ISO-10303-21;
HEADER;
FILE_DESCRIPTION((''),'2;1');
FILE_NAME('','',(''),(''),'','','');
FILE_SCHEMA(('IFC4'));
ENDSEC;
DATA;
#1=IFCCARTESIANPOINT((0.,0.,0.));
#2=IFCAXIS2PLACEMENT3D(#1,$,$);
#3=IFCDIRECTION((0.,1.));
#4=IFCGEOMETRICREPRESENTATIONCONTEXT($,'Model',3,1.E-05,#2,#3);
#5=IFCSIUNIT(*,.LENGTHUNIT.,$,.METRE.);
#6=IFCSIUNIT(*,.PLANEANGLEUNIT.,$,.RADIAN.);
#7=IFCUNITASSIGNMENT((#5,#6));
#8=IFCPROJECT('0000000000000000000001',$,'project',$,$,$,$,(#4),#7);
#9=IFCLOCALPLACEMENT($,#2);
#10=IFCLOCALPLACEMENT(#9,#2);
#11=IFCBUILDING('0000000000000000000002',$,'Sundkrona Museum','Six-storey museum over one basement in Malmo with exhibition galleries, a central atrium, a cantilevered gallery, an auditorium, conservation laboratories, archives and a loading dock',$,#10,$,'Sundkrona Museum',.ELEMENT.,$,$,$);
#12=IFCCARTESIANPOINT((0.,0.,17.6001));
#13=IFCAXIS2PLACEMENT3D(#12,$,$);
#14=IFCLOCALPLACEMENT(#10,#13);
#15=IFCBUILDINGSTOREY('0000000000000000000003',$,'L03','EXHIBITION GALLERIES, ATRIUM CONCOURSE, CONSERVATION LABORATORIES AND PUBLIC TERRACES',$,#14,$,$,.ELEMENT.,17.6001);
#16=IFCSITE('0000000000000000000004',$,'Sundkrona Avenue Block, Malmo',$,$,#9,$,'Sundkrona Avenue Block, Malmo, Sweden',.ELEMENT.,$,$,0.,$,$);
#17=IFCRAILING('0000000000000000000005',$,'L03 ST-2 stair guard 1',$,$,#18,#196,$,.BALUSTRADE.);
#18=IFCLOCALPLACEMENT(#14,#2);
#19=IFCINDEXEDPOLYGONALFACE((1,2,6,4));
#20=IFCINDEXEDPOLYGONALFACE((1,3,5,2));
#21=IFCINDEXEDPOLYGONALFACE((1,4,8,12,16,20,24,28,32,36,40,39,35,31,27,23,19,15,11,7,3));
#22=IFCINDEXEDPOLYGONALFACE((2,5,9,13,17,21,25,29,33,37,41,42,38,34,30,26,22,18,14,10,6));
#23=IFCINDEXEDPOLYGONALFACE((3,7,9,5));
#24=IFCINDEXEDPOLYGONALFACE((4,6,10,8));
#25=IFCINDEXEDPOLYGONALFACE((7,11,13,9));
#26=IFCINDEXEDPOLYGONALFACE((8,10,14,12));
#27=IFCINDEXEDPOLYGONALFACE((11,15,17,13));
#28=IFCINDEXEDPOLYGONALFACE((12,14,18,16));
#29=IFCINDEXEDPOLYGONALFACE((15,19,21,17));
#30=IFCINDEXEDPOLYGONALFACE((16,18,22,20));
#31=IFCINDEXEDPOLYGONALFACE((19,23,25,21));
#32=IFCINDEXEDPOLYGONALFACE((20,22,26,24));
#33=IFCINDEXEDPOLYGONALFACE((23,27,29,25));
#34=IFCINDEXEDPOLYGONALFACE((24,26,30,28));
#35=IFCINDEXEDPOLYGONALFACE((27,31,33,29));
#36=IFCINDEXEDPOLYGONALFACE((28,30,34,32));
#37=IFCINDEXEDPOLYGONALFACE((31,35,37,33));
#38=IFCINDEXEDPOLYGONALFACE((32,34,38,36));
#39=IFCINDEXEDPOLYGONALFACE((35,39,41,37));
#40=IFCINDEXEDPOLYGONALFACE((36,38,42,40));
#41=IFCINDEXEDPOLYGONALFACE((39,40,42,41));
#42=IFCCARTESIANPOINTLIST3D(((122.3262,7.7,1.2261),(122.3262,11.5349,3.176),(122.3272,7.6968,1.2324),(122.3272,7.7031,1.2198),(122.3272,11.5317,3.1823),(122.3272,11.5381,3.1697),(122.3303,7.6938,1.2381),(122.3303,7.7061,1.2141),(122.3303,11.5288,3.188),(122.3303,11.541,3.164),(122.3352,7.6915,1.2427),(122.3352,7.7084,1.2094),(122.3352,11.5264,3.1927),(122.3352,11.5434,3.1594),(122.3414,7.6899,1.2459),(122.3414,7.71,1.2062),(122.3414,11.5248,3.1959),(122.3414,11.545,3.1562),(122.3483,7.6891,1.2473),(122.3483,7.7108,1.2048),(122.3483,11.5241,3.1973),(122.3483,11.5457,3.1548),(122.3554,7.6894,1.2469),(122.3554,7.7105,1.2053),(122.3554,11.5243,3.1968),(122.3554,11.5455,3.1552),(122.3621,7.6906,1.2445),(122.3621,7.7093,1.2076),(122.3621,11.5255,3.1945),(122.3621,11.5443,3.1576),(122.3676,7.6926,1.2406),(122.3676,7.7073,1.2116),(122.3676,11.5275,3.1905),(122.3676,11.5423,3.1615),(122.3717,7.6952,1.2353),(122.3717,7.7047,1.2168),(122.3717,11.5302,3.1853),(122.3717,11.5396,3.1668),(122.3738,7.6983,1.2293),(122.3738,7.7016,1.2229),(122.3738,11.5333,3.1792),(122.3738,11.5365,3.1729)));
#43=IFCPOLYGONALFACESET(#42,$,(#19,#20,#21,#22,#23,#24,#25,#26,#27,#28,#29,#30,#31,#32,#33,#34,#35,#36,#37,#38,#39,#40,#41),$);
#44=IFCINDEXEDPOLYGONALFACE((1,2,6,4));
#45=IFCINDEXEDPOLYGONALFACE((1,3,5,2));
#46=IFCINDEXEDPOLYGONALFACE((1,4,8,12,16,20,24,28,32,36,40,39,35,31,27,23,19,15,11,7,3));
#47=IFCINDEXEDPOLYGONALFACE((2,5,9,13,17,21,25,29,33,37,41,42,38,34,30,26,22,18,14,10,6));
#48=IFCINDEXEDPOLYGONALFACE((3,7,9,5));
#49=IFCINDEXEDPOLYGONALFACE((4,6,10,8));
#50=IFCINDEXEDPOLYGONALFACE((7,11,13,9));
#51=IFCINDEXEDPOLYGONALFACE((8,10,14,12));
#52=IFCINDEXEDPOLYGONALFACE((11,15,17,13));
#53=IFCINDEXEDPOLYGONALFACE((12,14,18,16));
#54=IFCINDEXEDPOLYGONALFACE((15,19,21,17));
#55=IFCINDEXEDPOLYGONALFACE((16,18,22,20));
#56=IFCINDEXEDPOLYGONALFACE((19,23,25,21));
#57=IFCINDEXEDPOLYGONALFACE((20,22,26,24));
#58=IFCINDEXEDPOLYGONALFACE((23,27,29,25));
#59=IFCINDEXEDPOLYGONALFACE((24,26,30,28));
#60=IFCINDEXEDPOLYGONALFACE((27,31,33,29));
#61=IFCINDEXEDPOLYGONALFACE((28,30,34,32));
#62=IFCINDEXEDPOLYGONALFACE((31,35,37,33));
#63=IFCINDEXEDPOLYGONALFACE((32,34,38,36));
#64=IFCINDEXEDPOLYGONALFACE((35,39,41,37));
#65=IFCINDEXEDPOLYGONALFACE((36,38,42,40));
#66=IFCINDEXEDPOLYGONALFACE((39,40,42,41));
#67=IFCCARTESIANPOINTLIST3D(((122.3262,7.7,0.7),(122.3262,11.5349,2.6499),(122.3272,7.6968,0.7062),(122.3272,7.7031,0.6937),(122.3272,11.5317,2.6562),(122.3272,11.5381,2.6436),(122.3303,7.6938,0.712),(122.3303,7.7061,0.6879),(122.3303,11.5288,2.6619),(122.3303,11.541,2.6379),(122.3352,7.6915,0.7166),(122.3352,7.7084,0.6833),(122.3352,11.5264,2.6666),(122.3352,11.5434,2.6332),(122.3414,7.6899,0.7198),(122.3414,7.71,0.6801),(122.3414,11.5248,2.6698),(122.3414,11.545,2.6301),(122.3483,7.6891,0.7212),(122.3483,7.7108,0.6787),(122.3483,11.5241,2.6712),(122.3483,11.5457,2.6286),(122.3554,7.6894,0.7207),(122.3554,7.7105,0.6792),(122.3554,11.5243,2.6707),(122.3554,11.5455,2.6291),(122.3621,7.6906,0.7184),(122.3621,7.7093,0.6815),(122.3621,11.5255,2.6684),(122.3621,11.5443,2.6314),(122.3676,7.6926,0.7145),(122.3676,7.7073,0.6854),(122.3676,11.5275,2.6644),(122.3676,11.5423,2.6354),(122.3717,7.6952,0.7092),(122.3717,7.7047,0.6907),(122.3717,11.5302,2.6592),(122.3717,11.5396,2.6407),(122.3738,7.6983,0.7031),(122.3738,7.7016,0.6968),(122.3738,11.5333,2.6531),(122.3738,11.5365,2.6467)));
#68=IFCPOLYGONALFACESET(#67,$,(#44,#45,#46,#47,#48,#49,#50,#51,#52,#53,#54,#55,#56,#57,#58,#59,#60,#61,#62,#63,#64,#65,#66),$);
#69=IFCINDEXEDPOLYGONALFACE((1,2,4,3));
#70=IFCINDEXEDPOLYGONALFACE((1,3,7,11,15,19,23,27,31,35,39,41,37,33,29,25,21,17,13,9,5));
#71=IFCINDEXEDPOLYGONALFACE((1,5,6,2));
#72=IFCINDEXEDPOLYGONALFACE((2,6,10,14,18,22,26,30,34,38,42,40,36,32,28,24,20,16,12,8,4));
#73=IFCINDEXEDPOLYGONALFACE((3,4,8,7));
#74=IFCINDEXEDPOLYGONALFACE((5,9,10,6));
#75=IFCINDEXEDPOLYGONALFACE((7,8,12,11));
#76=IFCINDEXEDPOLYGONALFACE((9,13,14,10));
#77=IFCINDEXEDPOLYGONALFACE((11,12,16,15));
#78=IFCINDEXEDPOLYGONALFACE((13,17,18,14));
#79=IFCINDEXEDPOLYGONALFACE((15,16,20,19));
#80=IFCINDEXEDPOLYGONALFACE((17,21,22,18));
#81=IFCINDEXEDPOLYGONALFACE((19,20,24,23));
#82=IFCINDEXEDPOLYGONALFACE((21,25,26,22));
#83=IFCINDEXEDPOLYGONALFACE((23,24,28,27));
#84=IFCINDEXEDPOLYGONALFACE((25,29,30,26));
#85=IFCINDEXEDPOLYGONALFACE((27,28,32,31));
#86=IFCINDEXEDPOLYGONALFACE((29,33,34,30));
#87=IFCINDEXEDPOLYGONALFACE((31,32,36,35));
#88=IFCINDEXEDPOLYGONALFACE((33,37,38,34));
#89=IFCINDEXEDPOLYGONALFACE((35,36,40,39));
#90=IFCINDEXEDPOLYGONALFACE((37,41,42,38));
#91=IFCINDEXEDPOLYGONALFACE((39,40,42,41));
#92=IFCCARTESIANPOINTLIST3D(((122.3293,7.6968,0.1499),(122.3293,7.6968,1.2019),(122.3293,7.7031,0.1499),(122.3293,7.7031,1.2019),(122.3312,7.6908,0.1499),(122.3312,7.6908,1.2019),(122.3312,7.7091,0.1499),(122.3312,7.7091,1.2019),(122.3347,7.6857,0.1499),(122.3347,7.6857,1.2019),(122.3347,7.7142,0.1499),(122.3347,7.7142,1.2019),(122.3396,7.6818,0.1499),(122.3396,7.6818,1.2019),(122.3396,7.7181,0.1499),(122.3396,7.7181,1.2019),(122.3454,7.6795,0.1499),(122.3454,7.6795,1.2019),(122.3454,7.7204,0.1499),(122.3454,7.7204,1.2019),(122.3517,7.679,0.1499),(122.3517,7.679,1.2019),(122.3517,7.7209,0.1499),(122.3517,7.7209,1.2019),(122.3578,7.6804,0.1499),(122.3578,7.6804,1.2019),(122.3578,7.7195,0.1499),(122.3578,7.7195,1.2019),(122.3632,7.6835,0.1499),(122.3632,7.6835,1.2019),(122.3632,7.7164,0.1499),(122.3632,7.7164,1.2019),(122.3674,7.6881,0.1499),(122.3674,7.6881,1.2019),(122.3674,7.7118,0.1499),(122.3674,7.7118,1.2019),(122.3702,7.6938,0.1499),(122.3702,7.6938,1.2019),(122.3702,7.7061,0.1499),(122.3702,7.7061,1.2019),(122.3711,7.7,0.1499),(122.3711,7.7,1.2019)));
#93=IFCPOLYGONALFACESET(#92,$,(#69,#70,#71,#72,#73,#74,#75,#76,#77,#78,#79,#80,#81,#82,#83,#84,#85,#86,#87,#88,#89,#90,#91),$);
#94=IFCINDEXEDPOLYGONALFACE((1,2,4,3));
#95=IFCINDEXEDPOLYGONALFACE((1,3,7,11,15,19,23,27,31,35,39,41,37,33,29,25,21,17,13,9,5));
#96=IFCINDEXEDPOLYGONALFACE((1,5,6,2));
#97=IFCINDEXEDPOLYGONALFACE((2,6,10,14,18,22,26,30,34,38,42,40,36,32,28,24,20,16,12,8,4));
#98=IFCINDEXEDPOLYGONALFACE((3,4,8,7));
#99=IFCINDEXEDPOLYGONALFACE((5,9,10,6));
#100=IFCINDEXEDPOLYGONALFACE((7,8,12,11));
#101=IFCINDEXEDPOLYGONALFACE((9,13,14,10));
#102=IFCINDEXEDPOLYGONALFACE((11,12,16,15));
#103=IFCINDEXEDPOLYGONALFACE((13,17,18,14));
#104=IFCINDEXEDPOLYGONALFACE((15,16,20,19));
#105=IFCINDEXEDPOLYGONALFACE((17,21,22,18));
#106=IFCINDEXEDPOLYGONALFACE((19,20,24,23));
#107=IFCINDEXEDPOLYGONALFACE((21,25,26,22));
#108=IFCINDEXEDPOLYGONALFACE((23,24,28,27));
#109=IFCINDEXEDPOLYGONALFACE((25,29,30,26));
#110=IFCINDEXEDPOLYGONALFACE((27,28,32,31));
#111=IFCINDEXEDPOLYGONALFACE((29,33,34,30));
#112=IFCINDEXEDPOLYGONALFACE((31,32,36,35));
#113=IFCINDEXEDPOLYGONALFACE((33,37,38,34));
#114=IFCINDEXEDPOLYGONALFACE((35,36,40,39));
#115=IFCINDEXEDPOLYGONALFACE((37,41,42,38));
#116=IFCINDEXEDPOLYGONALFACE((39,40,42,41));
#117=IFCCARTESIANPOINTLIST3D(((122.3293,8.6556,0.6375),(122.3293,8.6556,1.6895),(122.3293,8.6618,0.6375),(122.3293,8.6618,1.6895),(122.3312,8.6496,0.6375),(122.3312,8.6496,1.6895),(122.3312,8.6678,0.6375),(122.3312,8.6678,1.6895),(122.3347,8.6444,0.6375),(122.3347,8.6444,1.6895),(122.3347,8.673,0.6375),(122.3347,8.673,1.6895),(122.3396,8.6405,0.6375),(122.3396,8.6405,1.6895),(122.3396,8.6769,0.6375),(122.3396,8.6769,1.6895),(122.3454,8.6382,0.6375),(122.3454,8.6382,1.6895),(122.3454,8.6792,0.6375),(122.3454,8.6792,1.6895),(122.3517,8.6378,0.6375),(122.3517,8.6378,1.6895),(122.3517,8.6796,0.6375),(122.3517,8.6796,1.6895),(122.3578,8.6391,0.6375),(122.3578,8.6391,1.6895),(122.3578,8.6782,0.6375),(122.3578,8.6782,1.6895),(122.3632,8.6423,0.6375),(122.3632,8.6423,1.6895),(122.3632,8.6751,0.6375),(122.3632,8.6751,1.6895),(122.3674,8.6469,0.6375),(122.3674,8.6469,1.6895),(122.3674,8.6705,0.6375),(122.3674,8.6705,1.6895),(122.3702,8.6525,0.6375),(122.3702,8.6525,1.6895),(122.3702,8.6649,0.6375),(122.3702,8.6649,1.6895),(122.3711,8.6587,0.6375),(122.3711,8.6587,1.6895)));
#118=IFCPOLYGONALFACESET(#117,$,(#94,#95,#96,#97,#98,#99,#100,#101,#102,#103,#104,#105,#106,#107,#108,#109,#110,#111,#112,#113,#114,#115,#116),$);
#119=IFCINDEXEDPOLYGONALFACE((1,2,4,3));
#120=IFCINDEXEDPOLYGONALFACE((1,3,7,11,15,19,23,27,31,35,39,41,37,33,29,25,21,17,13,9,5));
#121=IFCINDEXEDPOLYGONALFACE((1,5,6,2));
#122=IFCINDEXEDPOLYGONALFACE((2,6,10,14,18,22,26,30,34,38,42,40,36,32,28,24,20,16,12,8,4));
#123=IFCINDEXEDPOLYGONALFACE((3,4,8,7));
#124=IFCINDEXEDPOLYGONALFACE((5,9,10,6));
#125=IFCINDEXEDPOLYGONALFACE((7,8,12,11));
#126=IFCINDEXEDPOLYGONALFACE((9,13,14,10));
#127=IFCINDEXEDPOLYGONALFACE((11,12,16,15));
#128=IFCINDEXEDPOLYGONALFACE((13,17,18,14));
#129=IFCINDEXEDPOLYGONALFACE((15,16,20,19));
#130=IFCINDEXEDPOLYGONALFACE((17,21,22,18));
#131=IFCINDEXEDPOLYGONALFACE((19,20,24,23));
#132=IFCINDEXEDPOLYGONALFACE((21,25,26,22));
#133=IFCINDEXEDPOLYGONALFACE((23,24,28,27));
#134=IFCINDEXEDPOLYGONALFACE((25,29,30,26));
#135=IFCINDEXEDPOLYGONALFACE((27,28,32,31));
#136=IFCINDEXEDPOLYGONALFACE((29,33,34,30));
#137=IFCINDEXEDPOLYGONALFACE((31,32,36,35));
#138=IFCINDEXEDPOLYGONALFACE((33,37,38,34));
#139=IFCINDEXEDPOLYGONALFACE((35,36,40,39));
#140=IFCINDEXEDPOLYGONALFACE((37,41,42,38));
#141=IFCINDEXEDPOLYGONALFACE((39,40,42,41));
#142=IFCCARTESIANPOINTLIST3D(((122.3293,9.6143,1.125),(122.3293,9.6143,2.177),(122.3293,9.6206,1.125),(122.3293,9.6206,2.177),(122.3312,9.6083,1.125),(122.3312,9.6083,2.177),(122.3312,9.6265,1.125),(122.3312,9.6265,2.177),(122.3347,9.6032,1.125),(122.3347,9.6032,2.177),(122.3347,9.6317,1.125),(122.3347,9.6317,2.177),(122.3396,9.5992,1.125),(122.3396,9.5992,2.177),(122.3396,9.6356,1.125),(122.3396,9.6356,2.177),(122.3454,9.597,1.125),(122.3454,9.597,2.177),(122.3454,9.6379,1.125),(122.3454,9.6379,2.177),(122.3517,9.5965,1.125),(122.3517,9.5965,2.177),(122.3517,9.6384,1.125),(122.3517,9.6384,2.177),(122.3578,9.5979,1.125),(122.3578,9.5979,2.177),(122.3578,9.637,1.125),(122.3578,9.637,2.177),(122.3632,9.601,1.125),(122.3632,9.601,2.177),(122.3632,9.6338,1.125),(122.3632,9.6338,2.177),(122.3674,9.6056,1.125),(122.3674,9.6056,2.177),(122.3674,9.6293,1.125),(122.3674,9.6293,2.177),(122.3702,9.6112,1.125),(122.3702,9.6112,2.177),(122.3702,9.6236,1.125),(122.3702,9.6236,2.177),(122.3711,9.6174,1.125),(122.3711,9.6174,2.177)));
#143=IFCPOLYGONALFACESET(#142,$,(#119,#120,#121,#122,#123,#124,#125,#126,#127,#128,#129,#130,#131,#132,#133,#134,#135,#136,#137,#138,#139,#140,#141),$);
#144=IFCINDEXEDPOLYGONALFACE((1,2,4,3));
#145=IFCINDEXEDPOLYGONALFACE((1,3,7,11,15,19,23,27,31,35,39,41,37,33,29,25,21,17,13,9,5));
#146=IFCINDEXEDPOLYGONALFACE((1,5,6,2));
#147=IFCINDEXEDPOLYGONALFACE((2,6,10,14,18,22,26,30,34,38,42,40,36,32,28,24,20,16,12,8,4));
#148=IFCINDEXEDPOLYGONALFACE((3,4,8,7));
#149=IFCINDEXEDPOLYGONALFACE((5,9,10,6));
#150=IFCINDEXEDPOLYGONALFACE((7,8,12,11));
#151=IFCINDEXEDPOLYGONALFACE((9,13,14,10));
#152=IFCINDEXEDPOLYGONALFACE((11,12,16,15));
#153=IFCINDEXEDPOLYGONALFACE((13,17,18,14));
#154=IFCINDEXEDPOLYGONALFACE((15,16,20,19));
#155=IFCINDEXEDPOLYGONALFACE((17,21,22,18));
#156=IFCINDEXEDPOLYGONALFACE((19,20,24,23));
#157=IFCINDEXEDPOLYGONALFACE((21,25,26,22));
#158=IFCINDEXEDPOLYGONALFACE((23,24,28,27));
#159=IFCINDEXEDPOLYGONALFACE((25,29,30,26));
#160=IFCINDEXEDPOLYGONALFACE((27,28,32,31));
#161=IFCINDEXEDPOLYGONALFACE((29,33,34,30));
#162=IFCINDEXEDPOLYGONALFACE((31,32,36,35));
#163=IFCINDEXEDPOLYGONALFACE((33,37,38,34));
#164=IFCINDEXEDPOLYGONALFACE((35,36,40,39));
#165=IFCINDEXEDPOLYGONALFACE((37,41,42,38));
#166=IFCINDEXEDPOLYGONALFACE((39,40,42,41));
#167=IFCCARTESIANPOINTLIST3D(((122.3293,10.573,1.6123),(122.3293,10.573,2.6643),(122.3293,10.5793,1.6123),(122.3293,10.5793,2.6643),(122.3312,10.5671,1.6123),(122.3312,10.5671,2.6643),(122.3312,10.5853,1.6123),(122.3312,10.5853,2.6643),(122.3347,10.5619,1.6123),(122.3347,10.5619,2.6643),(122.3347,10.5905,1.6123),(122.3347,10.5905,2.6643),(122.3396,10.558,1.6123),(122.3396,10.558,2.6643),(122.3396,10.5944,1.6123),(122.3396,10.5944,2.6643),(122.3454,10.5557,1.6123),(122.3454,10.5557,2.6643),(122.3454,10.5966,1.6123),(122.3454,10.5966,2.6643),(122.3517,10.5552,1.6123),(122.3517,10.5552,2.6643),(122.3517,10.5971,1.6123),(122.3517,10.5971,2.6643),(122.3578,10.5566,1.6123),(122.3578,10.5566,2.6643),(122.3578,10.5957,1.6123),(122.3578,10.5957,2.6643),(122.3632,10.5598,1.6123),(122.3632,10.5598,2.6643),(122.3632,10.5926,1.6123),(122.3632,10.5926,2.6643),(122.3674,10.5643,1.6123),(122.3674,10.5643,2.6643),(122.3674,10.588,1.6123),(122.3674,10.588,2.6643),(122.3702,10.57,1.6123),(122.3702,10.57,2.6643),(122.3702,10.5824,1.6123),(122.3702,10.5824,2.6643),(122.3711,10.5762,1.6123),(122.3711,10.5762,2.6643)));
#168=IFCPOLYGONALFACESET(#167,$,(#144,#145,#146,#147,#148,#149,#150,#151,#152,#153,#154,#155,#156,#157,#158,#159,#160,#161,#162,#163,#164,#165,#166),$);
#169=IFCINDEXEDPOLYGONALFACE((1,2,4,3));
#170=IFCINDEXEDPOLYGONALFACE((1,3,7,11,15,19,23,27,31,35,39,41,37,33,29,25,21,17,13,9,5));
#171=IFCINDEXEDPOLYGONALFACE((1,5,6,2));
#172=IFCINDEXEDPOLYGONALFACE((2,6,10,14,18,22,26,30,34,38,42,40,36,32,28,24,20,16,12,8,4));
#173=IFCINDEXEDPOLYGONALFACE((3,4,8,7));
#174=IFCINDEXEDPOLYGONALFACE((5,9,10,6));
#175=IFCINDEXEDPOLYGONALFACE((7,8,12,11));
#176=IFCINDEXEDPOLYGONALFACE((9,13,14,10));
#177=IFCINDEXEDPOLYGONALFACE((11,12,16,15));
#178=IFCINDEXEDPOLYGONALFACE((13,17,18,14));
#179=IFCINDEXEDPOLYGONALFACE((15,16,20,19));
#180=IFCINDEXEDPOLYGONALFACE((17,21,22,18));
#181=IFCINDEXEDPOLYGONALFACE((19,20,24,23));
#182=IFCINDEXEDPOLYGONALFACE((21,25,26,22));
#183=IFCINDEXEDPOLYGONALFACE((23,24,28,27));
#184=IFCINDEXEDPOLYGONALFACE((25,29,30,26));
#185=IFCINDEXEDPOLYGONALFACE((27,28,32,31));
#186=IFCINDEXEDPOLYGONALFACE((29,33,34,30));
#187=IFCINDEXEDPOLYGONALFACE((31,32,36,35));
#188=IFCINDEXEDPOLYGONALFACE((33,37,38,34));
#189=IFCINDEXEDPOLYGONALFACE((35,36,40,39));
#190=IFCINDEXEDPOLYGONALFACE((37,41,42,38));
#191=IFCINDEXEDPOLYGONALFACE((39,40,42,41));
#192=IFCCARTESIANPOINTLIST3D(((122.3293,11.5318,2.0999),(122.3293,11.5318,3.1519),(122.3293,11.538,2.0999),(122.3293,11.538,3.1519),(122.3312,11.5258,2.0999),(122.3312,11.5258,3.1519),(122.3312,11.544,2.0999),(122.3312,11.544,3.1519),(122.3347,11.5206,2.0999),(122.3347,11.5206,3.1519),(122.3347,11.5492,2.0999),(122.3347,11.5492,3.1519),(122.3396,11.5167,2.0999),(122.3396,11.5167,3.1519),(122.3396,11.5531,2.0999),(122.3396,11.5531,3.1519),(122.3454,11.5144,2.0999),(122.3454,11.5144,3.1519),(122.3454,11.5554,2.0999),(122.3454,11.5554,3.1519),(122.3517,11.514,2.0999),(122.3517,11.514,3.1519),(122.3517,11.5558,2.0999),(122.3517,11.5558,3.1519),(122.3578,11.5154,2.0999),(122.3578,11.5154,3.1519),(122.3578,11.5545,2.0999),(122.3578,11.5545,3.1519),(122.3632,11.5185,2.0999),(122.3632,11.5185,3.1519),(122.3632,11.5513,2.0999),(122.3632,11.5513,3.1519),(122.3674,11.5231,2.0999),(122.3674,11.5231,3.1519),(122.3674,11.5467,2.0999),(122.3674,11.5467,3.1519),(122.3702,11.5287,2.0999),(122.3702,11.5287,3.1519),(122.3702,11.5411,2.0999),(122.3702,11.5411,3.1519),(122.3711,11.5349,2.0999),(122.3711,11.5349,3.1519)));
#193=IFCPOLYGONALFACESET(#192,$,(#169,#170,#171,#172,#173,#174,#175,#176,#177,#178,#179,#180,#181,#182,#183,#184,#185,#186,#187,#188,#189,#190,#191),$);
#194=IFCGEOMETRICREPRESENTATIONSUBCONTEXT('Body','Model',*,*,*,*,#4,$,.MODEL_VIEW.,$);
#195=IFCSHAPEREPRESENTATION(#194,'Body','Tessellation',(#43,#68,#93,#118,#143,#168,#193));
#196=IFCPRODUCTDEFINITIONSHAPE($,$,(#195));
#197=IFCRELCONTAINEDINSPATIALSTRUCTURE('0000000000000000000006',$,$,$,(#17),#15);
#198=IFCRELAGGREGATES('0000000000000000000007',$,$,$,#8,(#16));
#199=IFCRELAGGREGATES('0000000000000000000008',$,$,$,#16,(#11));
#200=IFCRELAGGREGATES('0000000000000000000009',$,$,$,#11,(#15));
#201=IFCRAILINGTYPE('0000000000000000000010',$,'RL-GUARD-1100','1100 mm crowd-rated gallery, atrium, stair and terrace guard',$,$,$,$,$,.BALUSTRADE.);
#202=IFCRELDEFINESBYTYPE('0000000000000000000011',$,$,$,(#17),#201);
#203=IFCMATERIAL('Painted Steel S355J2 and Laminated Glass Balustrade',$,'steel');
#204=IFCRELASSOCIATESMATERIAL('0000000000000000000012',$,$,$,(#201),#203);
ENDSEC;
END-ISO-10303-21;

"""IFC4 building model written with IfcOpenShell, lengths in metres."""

from ifc_helpers import new_model, si_unit, direction, frame, origin, origin_2d, place, context, subcontext, project, spatial, circle, extrude, material, type_object, element, save


model = new_model("IFC4")

# Units and contexts
model_context = context("Model", 3, precision=1e-05, world=origin(), true_north=direction((0.0, 1.0)))
body_context = subcontext(model_context, "Body", "Model", "MODEL_VIEW")
ifc_project = project(units=[si_unit("LENGTHUNIT", "METRE"), si_unit("PLANEANGLEUNIT", "RADIAN")], contexts=[model_context])

# Site, building, storey
site_placement = place(None, origin())
site = spatial("IfcSite", under=ifc_project, at=site_placement, Name="Sundkrona Avenue Block, Malmo", LongName="Sundkrona Avenue Block, Malmo, Sweden", CompositionType="ELEMENT", RefElevation=0.0)
building_placement = place(site_placement, origin())
building = spatial("IfcBuilding", under=site, at=building_placement, Name="Sundkrona Museum", Description="Six-storey museum over one basement in Malmo with exhibition galleries, a central atrium, a cantilevered gallery, an auditorium, conservation laboratories, archives and a loading dock", LongName="Sundkrona Museum", CompositionType="ELEMENT")
storey_placement = place(building_placement, frame((0.0, 0.0, 17.6001)))
storey = spatial("IfcBuildingStorey", under=building, at=storey_placement, Name="L03", Description="EXHIBITION GALLERIES, ATRIUM CONCOURSE, CONSERVATION LABORATORIES AND PUBLIC TERRACES", CompositionType="ELEMENT", Elevation=17.6001)

# Railing
ifc_material_1 = material(Name="Painted Steel S355J2 and Laminated Glass Balustrade", Category="steel")
railing_type_1 = type_object("IfcRailingType", Name="RL-GUARD-1100", Description="1100 mm crowd-rated gallery, atrium, stair and terrace guard", PredefinedType="BALUSTRADE", material=ifc_material_1)
railing_1_placement = place(storey_placement, frame((122.3501, 7.7, 0.1499)))
element("IfcRailing", 1, at=railing_1_placement, inside=storey, type_object=railing_type_1, Name="L03 ST-2 stair guard 1", PredefinedType="BALUSTRADE", context=body_context, shape_type="SweptSolid", body=[
    extrude(circle(Radius=0.0239, at=origin_2d()), frame((0.0, 0.0, 1.0762), z_axis=(0.0, 0.891388, 0.453241), x_axis=(-1.0, 0.0, 0.0)), (0.0, 0.0, 1.0), 4.3022),
    extrude(circle(Radius=0.0239, at=origin_2d()), frame((0.0, 0.0, 0.55), z_axis=(0.0, 0.891388, 0.453241), x_axis=(-1.0, 0.0, 0.0)), (0.0, 0.0, 1.0), 4.3022),
    extrude(circle(Radius=0.021, at=origin_2d()), origin(), (0.0, 0.0, 1.0), 1.052),
    extrude(circle(Radius=0.021, at=origin_2d()), frame((0.0, 0.9587, 0.4875)), (0.0, 0.0, 1.0), 1.052),
    extrude(circle(Radius=0.021, at=origin_2d()), frame((0.0, 1.9175, 0.9751)), (0.0, 0.0, 1.0), 1.052),
    extrude(circle(Radius=0.021, at=origin_2d()), frame((0.0, 2.8762, 1.4624)), (0.0, 0.0, 1.0), 1.052),
    extrude(circle(Radius=0.021, at=origin_2d()), frame((0.0, 3.835, 1.95)), (0.0, 0.0, 1.0), 1.052),
])

save(model, "model.ifc")
